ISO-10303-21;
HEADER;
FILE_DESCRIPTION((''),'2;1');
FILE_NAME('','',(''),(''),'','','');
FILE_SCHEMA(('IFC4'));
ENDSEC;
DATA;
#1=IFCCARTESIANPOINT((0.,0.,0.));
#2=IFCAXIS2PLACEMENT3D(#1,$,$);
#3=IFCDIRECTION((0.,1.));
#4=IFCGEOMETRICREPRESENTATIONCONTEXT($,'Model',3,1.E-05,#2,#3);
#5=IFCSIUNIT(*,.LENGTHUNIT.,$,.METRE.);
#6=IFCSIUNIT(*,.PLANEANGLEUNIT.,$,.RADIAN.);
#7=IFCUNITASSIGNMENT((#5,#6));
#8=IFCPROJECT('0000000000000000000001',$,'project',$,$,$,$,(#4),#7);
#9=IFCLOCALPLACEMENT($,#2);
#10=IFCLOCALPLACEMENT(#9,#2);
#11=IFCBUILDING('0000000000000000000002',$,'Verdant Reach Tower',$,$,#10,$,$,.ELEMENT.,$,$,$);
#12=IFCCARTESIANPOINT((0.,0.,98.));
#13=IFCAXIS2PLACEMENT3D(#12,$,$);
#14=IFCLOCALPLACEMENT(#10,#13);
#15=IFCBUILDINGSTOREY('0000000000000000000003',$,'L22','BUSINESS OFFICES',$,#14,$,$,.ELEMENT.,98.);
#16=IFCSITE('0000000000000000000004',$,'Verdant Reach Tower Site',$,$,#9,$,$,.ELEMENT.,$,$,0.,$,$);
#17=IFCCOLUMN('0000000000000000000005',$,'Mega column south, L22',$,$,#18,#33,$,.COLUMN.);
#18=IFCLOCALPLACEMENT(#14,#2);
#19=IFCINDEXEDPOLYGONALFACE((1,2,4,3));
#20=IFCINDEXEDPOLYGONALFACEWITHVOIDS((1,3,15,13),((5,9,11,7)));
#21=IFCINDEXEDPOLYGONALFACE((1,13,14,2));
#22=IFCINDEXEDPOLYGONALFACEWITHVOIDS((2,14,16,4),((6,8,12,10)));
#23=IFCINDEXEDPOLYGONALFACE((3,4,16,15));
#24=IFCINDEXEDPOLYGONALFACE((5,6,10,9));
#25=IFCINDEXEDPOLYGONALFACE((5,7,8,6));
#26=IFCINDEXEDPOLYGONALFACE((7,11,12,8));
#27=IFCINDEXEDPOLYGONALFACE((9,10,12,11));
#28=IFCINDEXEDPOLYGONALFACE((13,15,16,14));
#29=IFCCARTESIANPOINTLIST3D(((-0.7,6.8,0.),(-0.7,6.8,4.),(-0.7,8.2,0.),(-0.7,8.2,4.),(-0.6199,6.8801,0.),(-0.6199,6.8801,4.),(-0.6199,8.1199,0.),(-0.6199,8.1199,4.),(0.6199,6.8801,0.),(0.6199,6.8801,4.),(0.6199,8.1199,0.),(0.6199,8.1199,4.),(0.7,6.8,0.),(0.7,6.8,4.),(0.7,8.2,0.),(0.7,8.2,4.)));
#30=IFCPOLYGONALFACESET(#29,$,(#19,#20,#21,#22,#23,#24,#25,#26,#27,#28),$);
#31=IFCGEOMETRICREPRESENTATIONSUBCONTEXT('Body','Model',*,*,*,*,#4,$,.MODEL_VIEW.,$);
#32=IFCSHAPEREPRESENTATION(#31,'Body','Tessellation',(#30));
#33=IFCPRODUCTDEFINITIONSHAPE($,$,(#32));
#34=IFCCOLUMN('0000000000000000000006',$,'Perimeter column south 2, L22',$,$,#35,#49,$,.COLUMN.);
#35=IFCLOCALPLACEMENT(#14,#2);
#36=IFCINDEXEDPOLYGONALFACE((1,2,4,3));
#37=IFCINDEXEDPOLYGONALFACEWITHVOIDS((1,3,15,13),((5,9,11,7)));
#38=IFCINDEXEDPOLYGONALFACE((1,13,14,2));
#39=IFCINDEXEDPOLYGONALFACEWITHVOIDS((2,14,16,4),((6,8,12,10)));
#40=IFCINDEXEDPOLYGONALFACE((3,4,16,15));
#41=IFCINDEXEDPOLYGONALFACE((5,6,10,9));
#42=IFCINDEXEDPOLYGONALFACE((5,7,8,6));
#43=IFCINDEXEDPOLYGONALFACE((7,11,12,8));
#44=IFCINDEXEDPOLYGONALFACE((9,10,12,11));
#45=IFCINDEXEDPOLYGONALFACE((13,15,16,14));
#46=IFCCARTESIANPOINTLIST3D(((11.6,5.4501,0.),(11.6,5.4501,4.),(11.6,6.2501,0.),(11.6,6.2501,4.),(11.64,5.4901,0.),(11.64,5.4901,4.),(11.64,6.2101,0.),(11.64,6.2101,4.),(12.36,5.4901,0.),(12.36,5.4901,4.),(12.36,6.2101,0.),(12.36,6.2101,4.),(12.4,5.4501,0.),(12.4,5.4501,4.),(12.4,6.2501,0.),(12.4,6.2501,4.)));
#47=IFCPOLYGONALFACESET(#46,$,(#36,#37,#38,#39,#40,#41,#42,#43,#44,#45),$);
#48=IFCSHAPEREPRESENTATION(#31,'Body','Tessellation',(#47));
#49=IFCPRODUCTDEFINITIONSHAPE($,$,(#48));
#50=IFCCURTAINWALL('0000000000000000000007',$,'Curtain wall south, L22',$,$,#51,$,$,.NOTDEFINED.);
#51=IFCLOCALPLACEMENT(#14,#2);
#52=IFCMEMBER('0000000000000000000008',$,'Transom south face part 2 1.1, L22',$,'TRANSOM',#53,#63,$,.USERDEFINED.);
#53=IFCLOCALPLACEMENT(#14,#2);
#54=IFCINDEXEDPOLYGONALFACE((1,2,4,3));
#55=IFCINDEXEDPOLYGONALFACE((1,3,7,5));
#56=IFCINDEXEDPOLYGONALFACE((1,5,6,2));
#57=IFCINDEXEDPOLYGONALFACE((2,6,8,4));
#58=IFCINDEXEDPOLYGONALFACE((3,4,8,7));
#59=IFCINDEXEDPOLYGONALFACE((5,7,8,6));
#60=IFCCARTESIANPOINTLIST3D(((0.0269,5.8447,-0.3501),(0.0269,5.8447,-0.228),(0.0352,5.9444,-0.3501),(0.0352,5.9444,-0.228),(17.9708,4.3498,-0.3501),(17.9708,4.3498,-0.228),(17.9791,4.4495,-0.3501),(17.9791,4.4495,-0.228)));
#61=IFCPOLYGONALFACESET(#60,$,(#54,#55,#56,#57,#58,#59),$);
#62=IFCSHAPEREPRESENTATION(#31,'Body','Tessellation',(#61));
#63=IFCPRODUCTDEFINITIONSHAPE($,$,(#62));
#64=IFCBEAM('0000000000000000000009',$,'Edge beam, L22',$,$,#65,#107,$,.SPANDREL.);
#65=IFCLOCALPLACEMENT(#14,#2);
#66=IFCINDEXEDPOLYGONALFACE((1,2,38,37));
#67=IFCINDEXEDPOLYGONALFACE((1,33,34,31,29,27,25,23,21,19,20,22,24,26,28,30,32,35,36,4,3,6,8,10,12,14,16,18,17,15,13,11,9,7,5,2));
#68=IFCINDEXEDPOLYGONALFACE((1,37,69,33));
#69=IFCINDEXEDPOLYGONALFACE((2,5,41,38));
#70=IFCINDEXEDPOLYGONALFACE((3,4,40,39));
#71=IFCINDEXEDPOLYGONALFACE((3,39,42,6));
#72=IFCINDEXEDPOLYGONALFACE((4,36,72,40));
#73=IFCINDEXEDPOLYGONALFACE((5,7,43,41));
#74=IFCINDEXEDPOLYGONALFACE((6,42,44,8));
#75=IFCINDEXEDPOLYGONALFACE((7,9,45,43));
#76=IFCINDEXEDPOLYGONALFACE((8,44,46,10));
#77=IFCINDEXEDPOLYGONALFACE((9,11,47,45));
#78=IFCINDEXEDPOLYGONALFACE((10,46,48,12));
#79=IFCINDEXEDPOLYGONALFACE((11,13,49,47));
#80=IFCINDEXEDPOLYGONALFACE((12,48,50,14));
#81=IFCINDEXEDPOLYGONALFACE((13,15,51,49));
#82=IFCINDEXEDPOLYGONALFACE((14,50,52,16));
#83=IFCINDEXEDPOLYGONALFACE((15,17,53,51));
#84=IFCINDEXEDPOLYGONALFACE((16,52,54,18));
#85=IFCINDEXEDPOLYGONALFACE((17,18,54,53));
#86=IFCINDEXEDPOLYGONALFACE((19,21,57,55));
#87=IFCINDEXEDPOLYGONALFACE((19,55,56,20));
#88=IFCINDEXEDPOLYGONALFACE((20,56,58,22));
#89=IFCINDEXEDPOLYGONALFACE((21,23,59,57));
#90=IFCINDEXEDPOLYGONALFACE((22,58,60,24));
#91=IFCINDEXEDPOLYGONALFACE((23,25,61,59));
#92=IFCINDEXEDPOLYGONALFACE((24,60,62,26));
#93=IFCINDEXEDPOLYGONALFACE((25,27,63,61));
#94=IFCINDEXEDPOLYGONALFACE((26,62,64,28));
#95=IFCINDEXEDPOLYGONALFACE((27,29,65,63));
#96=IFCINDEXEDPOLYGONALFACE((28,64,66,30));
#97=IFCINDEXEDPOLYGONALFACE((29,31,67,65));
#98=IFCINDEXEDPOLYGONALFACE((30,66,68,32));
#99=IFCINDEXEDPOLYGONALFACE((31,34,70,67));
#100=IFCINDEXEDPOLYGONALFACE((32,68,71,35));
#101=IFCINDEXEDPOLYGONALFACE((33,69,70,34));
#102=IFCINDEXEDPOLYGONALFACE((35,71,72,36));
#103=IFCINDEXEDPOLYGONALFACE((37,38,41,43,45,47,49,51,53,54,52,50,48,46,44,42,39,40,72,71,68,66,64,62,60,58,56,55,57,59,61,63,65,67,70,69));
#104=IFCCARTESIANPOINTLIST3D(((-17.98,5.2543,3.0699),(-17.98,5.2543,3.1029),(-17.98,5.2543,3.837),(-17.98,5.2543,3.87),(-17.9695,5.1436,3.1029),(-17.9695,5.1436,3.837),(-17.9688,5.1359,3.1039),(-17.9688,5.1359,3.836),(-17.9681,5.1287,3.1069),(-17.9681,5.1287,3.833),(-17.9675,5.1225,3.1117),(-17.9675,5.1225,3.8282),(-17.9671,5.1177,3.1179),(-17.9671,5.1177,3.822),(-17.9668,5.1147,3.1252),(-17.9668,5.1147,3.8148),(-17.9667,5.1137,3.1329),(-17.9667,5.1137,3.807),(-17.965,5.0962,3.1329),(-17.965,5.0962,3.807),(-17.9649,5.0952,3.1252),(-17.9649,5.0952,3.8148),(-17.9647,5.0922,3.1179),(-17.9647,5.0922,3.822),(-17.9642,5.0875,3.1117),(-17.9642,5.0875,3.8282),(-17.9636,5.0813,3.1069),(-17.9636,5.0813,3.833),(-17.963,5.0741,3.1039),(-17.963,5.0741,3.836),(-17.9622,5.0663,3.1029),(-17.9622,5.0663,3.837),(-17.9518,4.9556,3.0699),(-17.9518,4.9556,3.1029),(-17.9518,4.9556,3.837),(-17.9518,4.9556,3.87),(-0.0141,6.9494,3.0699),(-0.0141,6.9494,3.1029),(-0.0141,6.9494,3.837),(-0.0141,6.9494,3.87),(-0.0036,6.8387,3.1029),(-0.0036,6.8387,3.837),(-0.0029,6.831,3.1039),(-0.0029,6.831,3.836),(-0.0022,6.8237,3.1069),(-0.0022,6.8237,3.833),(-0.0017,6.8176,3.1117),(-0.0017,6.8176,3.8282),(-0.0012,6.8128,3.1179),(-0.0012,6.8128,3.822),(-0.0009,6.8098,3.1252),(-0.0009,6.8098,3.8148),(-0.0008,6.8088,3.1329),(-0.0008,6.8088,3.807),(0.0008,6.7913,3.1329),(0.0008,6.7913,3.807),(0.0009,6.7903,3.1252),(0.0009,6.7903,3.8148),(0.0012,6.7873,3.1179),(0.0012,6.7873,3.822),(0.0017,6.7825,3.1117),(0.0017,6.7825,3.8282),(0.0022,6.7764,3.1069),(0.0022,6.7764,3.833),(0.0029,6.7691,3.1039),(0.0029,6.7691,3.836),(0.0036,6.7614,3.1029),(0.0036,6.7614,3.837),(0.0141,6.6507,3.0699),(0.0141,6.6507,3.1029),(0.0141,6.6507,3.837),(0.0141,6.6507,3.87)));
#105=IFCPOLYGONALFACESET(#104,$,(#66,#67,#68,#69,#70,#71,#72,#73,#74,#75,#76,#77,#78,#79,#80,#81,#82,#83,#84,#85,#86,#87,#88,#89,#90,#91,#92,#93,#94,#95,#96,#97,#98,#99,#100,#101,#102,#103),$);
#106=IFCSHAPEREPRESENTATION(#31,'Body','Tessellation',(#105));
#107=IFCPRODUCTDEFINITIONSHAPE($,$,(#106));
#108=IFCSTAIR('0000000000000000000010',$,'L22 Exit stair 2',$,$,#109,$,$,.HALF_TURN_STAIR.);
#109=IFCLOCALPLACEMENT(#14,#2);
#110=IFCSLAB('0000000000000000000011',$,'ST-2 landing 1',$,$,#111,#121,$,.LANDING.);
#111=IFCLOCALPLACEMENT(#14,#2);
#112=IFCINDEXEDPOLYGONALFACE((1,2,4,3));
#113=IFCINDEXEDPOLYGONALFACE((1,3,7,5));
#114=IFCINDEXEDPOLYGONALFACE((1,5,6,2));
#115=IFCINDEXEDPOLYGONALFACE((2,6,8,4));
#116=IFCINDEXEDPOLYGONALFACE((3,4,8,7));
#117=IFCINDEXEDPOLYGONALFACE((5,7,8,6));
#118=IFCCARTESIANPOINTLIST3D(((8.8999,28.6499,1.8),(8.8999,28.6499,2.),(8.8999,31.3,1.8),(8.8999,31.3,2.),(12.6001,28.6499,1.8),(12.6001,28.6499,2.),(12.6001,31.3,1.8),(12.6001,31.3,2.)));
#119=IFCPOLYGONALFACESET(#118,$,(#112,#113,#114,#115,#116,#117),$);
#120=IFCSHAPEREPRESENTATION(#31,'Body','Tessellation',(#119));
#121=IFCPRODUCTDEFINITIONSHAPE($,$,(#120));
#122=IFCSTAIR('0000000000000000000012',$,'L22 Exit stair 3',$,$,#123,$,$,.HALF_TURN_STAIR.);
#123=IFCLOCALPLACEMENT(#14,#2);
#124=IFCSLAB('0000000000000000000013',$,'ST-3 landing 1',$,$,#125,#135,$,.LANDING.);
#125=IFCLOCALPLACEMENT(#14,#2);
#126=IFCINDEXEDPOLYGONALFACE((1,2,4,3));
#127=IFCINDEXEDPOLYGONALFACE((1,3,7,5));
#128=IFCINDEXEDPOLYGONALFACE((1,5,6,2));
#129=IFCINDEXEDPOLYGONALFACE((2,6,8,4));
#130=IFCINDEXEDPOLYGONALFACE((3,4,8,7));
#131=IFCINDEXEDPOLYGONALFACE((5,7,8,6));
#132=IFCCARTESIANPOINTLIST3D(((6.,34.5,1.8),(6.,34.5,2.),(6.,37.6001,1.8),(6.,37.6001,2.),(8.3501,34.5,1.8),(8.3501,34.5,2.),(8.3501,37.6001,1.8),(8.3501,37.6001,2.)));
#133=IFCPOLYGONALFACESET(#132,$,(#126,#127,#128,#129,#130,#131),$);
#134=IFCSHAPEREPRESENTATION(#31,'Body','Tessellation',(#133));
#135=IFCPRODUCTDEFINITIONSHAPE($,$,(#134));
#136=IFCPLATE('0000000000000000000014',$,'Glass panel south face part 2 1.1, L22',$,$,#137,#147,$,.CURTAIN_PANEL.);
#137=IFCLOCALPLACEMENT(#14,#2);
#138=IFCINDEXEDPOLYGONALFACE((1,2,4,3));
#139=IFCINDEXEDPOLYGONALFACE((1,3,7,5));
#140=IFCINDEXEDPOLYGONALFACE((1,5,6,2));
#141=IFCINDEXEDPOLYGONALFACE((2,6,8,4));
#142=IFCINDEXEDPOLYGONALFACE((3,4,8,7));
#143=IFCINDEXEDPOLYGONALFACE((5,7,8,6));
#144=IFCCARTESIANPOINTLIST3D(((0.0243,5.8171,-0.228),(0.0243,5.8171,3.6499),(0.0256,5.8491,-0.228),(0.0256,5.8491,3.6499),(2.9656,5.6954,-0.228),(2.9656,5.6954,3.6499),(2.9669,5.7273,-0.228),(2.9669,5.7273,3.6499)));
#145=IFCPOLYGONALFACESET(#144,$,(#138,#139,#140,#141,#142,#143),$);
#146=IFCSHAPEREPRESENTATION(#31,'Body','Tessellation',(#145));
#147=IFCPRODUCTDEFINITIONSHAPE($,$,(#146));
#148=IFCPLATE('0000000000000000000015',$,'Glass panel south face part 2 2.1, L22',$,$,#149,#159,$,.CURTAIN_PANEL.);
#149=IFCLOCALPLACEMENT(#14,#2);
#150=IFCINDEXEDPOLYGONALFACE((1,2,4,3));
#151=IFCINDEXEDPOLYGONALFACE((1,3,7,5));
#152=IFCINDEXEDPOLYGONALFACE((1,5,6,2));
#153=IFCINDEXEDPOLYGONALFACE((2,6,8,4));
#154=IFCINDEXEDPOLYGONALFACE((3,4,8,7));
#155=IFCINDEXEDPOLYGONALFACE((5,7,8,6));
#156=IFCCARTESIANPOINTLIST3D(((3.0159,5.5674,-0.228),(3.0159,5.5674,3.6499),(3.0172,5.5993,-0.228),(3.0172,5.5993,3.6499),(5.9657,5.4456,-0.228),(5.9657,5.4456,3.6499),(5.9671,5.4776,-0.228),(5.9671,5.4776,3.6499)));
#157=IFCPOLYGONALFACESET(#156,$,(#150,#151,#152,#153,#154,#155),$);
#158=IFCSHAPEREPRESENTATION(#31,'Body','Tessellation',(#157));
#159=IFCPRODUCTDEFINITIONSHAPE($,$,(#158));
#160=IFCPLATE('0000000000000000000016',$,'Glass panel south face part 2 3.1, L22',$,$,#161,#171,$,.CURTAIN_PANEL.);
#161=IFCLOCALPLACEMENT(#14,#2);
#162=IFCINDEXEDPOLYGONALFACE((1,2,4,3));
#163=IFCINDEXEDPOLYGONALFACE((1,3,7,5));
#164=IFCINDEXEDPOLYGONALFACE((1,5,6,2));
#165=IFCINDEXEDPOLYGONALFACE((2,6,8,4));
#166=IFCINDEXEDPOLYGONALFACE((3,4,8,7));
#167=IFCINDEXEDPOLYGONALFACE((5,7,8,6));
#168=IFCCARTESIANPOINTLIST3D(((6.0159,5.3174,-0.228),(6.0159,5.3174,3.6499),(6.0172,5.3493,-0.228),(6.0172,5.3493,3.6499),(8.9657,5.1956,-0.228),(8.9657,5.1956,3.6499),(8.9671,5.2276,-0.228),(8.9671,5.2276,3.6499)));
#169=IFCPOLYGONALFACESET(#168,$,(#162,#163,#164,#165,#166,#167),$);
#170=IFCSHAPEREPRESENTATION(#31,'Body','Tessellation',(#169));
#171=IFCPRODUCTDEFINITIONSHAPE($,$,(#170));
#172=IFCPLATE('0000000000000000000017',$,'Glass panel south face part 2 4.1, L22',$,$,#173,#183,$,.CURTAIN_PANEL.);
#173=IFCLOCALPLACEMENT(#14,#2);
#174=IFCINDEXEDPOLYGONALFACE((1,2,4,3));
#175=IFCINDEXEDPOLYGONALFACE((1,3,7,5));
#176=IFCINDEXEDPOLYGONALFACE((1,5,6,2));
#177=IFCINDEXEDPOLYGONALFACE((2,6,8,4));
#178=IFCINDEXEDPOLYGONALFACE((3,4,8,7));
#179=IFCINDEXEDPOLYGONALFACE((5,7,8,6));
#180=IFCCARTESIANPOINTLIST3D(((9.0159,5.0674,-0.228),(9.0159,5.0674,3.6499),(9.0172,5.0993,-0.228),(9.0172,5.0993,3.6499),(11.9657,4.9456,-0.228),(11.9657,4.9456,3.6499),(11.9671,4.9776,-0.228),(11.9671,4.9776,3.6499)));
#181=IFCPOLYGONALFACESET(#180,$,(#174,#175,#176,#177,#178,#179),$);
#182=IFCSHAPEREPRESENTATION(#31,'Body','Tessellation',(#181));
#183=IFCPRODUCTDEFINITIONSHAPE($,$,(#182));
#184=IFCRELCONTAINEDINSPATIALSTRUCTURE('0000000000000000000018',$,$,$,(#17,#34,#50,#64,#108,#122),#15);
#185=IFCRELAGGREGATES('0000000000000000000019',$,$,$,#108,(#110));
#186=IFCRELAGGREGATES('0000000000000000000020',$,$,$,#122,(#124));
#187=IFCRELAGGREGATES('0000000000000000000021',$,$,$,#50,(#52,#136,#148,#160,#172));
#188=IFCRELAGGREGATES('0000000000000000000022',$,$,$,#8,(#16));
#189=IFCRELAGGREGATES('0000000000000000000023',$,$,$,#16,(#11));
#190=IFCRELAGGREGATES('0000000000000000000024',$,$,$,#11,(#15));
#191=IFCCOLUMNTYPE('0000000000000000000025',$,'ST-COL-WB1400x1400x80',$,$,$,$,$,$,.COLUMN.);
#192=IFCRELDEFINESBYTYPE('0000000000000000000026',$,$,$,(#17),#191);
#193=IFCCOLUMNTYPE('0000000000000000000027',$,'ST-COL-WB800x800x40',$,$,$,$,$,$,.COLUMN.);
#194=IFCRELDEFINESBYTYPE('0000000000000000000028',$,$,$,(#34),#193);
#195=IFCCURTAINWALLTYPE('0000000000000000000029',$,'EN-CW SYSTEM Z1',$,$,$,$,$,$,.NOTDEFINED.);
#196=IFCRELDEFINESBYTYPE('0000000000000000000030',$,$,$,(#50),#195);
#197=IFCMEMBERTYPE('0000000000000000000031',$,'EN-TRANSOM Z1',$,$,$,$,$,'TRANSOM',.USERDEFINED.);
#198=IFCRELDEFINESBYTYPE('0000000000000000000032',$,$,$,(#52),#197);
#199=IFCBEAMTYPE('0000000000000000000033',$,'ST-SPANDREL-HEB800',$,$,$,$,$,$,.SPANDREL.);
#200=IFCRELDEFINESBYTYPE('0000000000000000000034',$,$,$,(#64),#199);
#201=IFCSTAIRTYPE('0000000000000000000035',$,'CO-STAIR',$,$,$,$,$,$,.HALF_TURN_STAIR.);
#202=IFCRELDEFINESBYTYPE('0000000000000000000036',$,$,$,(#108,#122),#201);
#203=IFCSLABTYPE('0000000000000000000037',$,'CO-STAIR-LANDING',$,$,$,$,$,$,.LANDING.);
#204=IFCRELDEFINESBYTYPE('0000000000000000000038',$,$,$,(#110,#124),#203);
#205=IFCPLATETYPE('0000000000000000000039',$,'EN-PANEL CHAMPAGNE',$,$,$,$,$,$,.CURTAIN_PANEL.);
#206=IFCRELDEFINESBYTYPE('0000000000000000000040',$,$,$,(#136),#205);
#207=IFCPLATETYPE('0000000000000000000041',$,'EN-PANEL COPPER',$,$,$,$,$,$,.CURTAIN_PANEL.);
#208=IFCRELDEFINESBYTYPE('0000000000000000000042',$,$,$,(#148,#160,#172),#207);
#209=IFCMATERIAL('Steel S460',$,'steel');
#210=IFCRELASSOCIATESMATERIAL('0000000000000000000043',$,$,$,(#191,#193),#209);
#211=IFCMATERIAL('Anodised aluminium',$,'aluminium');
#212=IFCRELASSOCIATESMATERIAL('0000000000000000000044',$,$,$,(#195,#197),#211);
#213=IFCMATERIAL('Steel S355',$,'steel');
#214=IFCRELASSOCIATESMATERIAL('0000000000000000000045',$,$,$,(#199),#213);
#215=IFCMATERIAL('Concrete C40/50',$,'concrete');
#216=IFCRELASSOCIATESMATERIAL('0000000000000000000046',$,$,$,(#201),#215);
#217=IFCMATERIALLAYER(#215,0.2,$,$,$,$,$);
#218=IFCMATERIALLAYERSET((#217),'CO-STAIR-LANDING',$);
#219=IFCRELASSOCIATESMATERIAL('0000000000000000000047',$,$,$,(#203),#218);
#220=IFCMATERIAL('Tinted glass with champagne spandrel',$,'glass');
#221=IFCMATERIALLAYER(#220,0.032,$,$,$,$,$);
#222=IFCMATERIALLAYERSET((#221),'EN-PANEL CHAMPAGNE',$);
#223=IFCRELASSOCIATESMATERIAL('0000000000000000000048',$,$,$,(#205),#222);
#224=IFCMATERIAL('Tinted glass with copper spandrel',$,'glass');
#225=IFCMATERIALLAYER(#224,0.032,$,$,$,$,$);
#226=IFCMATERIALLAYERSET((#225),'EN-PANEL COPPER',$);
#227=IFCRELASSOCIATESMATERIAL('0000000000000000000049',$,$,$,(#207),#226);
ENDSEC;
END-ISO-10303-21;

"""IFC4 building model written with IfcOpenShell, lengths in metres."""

from ifc_helpers import new_model, si_unit, direction, frame, origin, origin_2d, place, context, subcontext, project, spatial, polyline, rectangle, hollow_rectangle, i_section, outline, extrude, material, layer, layer_set, material_profile, profile_set, type_object, element, aggregate, save


model = new_model("IFC4")

# Units and contexts
model_context = context("Model", 3, precision=1e-05, world=origin(), true_north=direction((0.0, 1.0)))
body_context = subcontext(model_context, "Body", "Model", "MODEL_VIEW")
ifc_project = project(units=[si_unit("LENGTHUNIT", "METRE"), si_unit("PLANEANGLEUNIT", "RADIAN")], contexts=[model_context])

# Site, building, storey
site_placement = place(None, origin())
site = spatial("IfcSite", under=ifc_project, at=site_placement, Name="Verdant Reach Tower Site", CompositionType="ELEMENT", RefElevation=0.0)
building_placement = place(site_placement, origin())
building = spatial("IfcBuilding", under=site, at=building_placement, Name="Verdant Reach Tower", CompositionType="ELEMENT")
storey_placement = place(building_placement, frame((0.0, 0.0, 98.0)))
storey = spatial("IfcBuildingStorey", under=building, at=storey_placement, Name="L22", Description="BUSINESS OFFICES", CompositionType="ELEMENT", Elevation=98.0)

# Columns
ifc_material_1 = material(Name="Steel S460", Category="steel")
ifc_material_profile_1 = material_profile(ifc_material_1, hollow_rectangle(XDim=1.3999, YDim=1.3999, WallThickness=0.0801, at=origin_2d()), Name="WB 1400x1400x80")
ifc_profile_set_1 = profile_set([ifc_material_profile_1], Name="Steel S460")
column_type_1 = type_object("IfcColumnType", Name="ST-COL-WB1400x1400x80", PredefinedType="COLUMN", material=ifc_profile_set_1)
column_1_placement = place(storey_placement, frame((0.0, 7.5, 0.0), z_axis=(0.0, 0.0, 1.0), x_axis=(1.0, 0.0, 0.0)))
element("IfcColumn", 1, at=column_1_placement, inside=storey, type_object=column_type_1, Name="Mega column south, L22", PredefinedType="COLUMN", context=body_context, shape_type="SweptSolid", body=[
    extrude(hollow_rectangle(XDim=1.3999, YDim=1.3999, WallThickness=0.0801, at=origin_2d()), origin(), (0.0, 0.0, 1.0), 4.0),
])
ifc_material_profile_2 = material_profile(ifc_material_1, hollow_rectangle(XDim=0.8, YDim=0.8, WallThickness=0.04, at=origin_2d()), Name="WB 800x800x40")
ifc_profile_set_2 = profile_set([ifc_material_profile_2], Name="Steel S460")
column_type_2 = type_object("IfcColumnType", Name="ST-COL-WB800x800x40", PredefinedType="COLUMN", material=ifc_profile_set_2)
column_2_placement = place(storey_placement, frame((12.0, 5.8501, 0.0), z_axis=(0.0, 0.0, 1.0), x_axis=(1.0, 0.0, 0.0)))
element("IfcColumn", 2, at=column_2_placement, inside=storey, type_object=column_type_2, Name="Perimeter column south 2, L22", PredefinedType="COLUMN", context=body_context, shape_type="SweptSolid", body=[
    extrude(hollow_rectangle(XDim=0.8, YDim=0.8, WallThickness=0.04, at=origin_2d()), origin(), (0.0, 0.0, 1.0), 4.0),
])

# Curtain wall, member
ifc_material_2 = material(Name="Anodised aluminium", Category="aluminium")
curtain_wall_type = type_object("IfcCurtainWallType", Name="EN-CW SYSTEM Z1", PredefinedType="NOTDEFINED", material=ifc_material_2)
curtain_wall_placement = place(storey_placement, origin())
curtain_wall = element("IfcCurtainWall", 3, at=curtain_wall_placement, inside=storey, type_object=curtain_wall_type, Name="Curtain wall south, L22", PredefinedType="NOTDEFINED")
ifc_material_profile_3 = material_profile(ifc_material_2, rectangle(XDim=0.1001, YDim=0.1221, at=origin_2d()), Name="Transom 122x100")
ifc_profile_set_3 = profile_set([ifc_material_profile_3], Name="Anodised aluminium")
member_type = type_object("IfcMemberType", Name="EN-TRANSOM Z1", ElementType="TRANSOM", PredefinedType="USERDEFINED", material=ifc_profile_set_3)
member_placement = place(storey_placement, frame((0.031, 5.8945, -0.2891), z_axis=(0.996548, -0.083021, 0.0), x_axis=(0.083021, 0.996548, 0.0)))
member = element("IfcMember", 4, at=member_placement, type_object=member_type, Name="Transom south face part 2 1.1, L22", ObjectType="TRANSOM", PredefinedType="USERDEFINED", context=body_context, shape_type="SweptSolid", body=[
    extrude(rectangle(XDim=0.1001, YDim=0.1221, at=origin_2d()), origin(), (0.0, 0.0, 1.0), 18.0061),
])

# Beam
ifc_material_3 = material(Name="Steel S355", Category="steel")
ifc_material_profile_4 = material_profile(ifc_material_3, i_section(OverallWidth=0.3, OverallDepth=0.8, WebThickness=0.0176, FlangeThickness=0.033, FilletRadius=0.03, at=origin_2d()), Name="HEB 800")
ifc_profile_set_4 = profile_set([ifc_material_profile_4], Name="Steel S355")
beam_type = type_object("IfcBeamType", Name="ST-SPANDREL-HEB800", PredefinedType="SPANDREL", material=ifc_profile_set_4)
beam_placement = place(storey_placement, frame((0.0, 6.8, 3.47), z_axis=(-0.995579, -0.093932, 0.0), x_axis=(0.093932, -0.995579, 0.0)))
element("IfcBeam", 5, at=beam_placement, inside=storey, type_object=beam_type, Name="Edge beam, L22", PredefinedType="SPANDREL", context=body_context, shape_type="SweptSolid", body=[
    extrude(i_section(OverallWidth=0.3, OverallDepth=0.8, WebThickness=0.0176, FlangeThickness=0.033, FilletRadius=0.03, at=origin_2d()), origin(), (0.0, 0.0, 1.0), 18.0457),
])

# Stairs, slabs
ifc_material_4 = material(Name="Concrete C40/50", Category="concrete")
stair_type = type_object("IfcStairType", Name="CO-STAIR", PredefinedType="HALF_TURN_STAIR", material=ifc_material_4)
stair_1_placement = place(storey_placement, origin())
stair_1 = element("IfcStair", 6, at=stair_1_placement, inside=storey, type_object=stair_type, Name="L22 Exit stair 2", PredefinedType="HALF_TURN_STAIR")
ifc_layer_1 = layer(ifc_material_4, 0.2)
ifc_layer_set_1 = layer_set([ifc_layer_1], Name="CO-STAIR-LANDING")
slab_type = type_object("IfcSlabType", Name="CO-STAIR-LANDING", PredefinedType="LANDING", material=ifc_layer_set_1)
slab_1_placement = place(storey_placement, frame((0.0, 0.0, 1.8)))
slab_1 = element("IfcSlab", 7, at=slab_1_placement, type_object=slab_type, Name="ST-2 landing 1", PredefinedType="LANDING", context=body_context, shape_type="SweptSolid", body=[
    extrude(outline(polyline([(12.6001, 28.6499), (12.6001, 31.3), (8.8999, 31.3), (8.8999, 28.6499), (12.6001, 28.6499)])), origin(), (0.0, 0.0, 1.0), 0.2),
])
aggregate(stair_1, [slab_1])
stair_2_placement = place(storey_placement, origin())
stair_2 = element("IfcStair", 8, at=stair_2_placement, inside=storey, type_object=stair_type, Name="L22 Exit stair 3", PredefinedType="HALF_TURN_STAIR")
slab_2_placement = place(storey_placement, frame((0.0, 0.0, 1.8)))
slab_2 = element("IfcSlab", 9, at=slab_2_placement, type_object=slab_type, Name="ST-3 landing 1", PredefinedType="LANDING", context=body_context, shape_type="SweptSolid", body=[
    extrude(outline(polyline([(8.3501, 37.6001), (6.0, 37.6001), (6.0, 34.5), (8.3501, 34.5), (8.3501, 37.6001)])), origin(), (0.0, 0.0, 1.0), 0.2),
])
aggregate(stair_2, [slab_2])

# Plates
ifc_material_5 = material(Name="Tinted glass with champagne spandrel", Category="glass")
ifc_layer_2 = layer(ifc_material_5, 0.032)
ifc_layer_set_2 = layer_set([ifc_layer_2], Name="EN-PANEL CHAMPAGNE")
plate_type_1 = type_object("IfcPlateType", Name="EN-PANEL CHAMPAGNE", PredefinedType="CURTAIN_PANEL", material=ifc_layer_set_2)
plate_1_placement = place(storey_placement, frame((1.4956, 5.7722, -0.228), z_axis=(0.0, 0.0, 1.0), x_axis=(0.999144, -0.04136, 0.0)))
plate_1 = element("IfcPlate", 10, at=plate_1_placement, type_object=plate_type_1, Name="Glass panel south face part 2 1.1, L22", PredefinedType="CURTAIN_PANEL", context=body_context, shape_type="SweptSolid", body=[
    extrude(rectangle(XDim=2.9438, YDim=0.032, at=origin_2d()), origin(), (0.0, 0.0, 1.0), 3.8779),
])
ifc_material_6 = material(Name="Tinted glass with copper spandrel", Category="glass")
ifc_layer_3 = layer(ifc_material_6, 0.032)
ifc_layer_set_3 = layer_set([ifc_layer_3], Name="EN-PANEL COPPER")
plate_type_2 = type_object("IfcPlateType", Name="EN-PANEL COPPER", PredefinedType="CURTAIN_PANEL", material=ifc_layer_set_3)
plate_2_placement = place(storey_placement, frame((4.4915, 5.5225, -0.228), z_axis=(0.0, 0.0, 1.0), x_axis=(0.999149, -0.041242, 0.0)))
plate_2 = element("IfcPlate", 11, at=plate_2_placement, type_object=plate_type_2, Name="Glass panel south face part 2 2.1, L22", PredefinedType="CURTAIN_PANEL", context=body_context, shape_type="SweptSolid", body=[
    extrude(rectangle(XDim=2.9524, YDim=0.032, at=origin_2d()), origin(), (0.0, 0.0, 1.0), 3.8779),
])
plate_3_placement = place(storey_placement, frame((7.4915, 5.2725, -0.228), z_axis=(0.0, 0.0, 1.0), x_axis=(0.999149, -0.041242, 0.0)))
plate_3 = element("IfcPlate", 12, at=plate_3_placement, type_object=plate_type_2, Name="Glass panel south face part 2 3.1, L22", PredefinedType="CURTAIN_PANEL", context=body_context, shape_type="SweptSolid", body=[
    extrude(rectangle(XDim=2.9524, YDim=0.032, at=origin_2d()), origin(), (0.0, 0.0, 1.0), 3.8779),
])
plate_4_placement = place(storey_placement, frame((10.4915, 5.0225, -0.228), z_axis=(0.0, 0.0, 1.0), x_axis=(0.999149, -0.041242, 0.0)))
plate_4 = element("IfcPlate", 13, at=plate_4_placement, type_object=plate_type_2, Name="Glass panel south face part 2 4.1, L22", PredefinedType="CURTAIN_PANEL", context=body_context, shape_type="SweptSolid", body=[
    extrude(rectangle(XDim=2.9524, YDim=0.032, at=origin_2d()), origin(), (0.0, 0.0, 1.0), 3.8779),
])
aggregate(curtain_wall, [member, plate_1, plate_2, plate_3, plate_4])

save(model, "model.ifc")
